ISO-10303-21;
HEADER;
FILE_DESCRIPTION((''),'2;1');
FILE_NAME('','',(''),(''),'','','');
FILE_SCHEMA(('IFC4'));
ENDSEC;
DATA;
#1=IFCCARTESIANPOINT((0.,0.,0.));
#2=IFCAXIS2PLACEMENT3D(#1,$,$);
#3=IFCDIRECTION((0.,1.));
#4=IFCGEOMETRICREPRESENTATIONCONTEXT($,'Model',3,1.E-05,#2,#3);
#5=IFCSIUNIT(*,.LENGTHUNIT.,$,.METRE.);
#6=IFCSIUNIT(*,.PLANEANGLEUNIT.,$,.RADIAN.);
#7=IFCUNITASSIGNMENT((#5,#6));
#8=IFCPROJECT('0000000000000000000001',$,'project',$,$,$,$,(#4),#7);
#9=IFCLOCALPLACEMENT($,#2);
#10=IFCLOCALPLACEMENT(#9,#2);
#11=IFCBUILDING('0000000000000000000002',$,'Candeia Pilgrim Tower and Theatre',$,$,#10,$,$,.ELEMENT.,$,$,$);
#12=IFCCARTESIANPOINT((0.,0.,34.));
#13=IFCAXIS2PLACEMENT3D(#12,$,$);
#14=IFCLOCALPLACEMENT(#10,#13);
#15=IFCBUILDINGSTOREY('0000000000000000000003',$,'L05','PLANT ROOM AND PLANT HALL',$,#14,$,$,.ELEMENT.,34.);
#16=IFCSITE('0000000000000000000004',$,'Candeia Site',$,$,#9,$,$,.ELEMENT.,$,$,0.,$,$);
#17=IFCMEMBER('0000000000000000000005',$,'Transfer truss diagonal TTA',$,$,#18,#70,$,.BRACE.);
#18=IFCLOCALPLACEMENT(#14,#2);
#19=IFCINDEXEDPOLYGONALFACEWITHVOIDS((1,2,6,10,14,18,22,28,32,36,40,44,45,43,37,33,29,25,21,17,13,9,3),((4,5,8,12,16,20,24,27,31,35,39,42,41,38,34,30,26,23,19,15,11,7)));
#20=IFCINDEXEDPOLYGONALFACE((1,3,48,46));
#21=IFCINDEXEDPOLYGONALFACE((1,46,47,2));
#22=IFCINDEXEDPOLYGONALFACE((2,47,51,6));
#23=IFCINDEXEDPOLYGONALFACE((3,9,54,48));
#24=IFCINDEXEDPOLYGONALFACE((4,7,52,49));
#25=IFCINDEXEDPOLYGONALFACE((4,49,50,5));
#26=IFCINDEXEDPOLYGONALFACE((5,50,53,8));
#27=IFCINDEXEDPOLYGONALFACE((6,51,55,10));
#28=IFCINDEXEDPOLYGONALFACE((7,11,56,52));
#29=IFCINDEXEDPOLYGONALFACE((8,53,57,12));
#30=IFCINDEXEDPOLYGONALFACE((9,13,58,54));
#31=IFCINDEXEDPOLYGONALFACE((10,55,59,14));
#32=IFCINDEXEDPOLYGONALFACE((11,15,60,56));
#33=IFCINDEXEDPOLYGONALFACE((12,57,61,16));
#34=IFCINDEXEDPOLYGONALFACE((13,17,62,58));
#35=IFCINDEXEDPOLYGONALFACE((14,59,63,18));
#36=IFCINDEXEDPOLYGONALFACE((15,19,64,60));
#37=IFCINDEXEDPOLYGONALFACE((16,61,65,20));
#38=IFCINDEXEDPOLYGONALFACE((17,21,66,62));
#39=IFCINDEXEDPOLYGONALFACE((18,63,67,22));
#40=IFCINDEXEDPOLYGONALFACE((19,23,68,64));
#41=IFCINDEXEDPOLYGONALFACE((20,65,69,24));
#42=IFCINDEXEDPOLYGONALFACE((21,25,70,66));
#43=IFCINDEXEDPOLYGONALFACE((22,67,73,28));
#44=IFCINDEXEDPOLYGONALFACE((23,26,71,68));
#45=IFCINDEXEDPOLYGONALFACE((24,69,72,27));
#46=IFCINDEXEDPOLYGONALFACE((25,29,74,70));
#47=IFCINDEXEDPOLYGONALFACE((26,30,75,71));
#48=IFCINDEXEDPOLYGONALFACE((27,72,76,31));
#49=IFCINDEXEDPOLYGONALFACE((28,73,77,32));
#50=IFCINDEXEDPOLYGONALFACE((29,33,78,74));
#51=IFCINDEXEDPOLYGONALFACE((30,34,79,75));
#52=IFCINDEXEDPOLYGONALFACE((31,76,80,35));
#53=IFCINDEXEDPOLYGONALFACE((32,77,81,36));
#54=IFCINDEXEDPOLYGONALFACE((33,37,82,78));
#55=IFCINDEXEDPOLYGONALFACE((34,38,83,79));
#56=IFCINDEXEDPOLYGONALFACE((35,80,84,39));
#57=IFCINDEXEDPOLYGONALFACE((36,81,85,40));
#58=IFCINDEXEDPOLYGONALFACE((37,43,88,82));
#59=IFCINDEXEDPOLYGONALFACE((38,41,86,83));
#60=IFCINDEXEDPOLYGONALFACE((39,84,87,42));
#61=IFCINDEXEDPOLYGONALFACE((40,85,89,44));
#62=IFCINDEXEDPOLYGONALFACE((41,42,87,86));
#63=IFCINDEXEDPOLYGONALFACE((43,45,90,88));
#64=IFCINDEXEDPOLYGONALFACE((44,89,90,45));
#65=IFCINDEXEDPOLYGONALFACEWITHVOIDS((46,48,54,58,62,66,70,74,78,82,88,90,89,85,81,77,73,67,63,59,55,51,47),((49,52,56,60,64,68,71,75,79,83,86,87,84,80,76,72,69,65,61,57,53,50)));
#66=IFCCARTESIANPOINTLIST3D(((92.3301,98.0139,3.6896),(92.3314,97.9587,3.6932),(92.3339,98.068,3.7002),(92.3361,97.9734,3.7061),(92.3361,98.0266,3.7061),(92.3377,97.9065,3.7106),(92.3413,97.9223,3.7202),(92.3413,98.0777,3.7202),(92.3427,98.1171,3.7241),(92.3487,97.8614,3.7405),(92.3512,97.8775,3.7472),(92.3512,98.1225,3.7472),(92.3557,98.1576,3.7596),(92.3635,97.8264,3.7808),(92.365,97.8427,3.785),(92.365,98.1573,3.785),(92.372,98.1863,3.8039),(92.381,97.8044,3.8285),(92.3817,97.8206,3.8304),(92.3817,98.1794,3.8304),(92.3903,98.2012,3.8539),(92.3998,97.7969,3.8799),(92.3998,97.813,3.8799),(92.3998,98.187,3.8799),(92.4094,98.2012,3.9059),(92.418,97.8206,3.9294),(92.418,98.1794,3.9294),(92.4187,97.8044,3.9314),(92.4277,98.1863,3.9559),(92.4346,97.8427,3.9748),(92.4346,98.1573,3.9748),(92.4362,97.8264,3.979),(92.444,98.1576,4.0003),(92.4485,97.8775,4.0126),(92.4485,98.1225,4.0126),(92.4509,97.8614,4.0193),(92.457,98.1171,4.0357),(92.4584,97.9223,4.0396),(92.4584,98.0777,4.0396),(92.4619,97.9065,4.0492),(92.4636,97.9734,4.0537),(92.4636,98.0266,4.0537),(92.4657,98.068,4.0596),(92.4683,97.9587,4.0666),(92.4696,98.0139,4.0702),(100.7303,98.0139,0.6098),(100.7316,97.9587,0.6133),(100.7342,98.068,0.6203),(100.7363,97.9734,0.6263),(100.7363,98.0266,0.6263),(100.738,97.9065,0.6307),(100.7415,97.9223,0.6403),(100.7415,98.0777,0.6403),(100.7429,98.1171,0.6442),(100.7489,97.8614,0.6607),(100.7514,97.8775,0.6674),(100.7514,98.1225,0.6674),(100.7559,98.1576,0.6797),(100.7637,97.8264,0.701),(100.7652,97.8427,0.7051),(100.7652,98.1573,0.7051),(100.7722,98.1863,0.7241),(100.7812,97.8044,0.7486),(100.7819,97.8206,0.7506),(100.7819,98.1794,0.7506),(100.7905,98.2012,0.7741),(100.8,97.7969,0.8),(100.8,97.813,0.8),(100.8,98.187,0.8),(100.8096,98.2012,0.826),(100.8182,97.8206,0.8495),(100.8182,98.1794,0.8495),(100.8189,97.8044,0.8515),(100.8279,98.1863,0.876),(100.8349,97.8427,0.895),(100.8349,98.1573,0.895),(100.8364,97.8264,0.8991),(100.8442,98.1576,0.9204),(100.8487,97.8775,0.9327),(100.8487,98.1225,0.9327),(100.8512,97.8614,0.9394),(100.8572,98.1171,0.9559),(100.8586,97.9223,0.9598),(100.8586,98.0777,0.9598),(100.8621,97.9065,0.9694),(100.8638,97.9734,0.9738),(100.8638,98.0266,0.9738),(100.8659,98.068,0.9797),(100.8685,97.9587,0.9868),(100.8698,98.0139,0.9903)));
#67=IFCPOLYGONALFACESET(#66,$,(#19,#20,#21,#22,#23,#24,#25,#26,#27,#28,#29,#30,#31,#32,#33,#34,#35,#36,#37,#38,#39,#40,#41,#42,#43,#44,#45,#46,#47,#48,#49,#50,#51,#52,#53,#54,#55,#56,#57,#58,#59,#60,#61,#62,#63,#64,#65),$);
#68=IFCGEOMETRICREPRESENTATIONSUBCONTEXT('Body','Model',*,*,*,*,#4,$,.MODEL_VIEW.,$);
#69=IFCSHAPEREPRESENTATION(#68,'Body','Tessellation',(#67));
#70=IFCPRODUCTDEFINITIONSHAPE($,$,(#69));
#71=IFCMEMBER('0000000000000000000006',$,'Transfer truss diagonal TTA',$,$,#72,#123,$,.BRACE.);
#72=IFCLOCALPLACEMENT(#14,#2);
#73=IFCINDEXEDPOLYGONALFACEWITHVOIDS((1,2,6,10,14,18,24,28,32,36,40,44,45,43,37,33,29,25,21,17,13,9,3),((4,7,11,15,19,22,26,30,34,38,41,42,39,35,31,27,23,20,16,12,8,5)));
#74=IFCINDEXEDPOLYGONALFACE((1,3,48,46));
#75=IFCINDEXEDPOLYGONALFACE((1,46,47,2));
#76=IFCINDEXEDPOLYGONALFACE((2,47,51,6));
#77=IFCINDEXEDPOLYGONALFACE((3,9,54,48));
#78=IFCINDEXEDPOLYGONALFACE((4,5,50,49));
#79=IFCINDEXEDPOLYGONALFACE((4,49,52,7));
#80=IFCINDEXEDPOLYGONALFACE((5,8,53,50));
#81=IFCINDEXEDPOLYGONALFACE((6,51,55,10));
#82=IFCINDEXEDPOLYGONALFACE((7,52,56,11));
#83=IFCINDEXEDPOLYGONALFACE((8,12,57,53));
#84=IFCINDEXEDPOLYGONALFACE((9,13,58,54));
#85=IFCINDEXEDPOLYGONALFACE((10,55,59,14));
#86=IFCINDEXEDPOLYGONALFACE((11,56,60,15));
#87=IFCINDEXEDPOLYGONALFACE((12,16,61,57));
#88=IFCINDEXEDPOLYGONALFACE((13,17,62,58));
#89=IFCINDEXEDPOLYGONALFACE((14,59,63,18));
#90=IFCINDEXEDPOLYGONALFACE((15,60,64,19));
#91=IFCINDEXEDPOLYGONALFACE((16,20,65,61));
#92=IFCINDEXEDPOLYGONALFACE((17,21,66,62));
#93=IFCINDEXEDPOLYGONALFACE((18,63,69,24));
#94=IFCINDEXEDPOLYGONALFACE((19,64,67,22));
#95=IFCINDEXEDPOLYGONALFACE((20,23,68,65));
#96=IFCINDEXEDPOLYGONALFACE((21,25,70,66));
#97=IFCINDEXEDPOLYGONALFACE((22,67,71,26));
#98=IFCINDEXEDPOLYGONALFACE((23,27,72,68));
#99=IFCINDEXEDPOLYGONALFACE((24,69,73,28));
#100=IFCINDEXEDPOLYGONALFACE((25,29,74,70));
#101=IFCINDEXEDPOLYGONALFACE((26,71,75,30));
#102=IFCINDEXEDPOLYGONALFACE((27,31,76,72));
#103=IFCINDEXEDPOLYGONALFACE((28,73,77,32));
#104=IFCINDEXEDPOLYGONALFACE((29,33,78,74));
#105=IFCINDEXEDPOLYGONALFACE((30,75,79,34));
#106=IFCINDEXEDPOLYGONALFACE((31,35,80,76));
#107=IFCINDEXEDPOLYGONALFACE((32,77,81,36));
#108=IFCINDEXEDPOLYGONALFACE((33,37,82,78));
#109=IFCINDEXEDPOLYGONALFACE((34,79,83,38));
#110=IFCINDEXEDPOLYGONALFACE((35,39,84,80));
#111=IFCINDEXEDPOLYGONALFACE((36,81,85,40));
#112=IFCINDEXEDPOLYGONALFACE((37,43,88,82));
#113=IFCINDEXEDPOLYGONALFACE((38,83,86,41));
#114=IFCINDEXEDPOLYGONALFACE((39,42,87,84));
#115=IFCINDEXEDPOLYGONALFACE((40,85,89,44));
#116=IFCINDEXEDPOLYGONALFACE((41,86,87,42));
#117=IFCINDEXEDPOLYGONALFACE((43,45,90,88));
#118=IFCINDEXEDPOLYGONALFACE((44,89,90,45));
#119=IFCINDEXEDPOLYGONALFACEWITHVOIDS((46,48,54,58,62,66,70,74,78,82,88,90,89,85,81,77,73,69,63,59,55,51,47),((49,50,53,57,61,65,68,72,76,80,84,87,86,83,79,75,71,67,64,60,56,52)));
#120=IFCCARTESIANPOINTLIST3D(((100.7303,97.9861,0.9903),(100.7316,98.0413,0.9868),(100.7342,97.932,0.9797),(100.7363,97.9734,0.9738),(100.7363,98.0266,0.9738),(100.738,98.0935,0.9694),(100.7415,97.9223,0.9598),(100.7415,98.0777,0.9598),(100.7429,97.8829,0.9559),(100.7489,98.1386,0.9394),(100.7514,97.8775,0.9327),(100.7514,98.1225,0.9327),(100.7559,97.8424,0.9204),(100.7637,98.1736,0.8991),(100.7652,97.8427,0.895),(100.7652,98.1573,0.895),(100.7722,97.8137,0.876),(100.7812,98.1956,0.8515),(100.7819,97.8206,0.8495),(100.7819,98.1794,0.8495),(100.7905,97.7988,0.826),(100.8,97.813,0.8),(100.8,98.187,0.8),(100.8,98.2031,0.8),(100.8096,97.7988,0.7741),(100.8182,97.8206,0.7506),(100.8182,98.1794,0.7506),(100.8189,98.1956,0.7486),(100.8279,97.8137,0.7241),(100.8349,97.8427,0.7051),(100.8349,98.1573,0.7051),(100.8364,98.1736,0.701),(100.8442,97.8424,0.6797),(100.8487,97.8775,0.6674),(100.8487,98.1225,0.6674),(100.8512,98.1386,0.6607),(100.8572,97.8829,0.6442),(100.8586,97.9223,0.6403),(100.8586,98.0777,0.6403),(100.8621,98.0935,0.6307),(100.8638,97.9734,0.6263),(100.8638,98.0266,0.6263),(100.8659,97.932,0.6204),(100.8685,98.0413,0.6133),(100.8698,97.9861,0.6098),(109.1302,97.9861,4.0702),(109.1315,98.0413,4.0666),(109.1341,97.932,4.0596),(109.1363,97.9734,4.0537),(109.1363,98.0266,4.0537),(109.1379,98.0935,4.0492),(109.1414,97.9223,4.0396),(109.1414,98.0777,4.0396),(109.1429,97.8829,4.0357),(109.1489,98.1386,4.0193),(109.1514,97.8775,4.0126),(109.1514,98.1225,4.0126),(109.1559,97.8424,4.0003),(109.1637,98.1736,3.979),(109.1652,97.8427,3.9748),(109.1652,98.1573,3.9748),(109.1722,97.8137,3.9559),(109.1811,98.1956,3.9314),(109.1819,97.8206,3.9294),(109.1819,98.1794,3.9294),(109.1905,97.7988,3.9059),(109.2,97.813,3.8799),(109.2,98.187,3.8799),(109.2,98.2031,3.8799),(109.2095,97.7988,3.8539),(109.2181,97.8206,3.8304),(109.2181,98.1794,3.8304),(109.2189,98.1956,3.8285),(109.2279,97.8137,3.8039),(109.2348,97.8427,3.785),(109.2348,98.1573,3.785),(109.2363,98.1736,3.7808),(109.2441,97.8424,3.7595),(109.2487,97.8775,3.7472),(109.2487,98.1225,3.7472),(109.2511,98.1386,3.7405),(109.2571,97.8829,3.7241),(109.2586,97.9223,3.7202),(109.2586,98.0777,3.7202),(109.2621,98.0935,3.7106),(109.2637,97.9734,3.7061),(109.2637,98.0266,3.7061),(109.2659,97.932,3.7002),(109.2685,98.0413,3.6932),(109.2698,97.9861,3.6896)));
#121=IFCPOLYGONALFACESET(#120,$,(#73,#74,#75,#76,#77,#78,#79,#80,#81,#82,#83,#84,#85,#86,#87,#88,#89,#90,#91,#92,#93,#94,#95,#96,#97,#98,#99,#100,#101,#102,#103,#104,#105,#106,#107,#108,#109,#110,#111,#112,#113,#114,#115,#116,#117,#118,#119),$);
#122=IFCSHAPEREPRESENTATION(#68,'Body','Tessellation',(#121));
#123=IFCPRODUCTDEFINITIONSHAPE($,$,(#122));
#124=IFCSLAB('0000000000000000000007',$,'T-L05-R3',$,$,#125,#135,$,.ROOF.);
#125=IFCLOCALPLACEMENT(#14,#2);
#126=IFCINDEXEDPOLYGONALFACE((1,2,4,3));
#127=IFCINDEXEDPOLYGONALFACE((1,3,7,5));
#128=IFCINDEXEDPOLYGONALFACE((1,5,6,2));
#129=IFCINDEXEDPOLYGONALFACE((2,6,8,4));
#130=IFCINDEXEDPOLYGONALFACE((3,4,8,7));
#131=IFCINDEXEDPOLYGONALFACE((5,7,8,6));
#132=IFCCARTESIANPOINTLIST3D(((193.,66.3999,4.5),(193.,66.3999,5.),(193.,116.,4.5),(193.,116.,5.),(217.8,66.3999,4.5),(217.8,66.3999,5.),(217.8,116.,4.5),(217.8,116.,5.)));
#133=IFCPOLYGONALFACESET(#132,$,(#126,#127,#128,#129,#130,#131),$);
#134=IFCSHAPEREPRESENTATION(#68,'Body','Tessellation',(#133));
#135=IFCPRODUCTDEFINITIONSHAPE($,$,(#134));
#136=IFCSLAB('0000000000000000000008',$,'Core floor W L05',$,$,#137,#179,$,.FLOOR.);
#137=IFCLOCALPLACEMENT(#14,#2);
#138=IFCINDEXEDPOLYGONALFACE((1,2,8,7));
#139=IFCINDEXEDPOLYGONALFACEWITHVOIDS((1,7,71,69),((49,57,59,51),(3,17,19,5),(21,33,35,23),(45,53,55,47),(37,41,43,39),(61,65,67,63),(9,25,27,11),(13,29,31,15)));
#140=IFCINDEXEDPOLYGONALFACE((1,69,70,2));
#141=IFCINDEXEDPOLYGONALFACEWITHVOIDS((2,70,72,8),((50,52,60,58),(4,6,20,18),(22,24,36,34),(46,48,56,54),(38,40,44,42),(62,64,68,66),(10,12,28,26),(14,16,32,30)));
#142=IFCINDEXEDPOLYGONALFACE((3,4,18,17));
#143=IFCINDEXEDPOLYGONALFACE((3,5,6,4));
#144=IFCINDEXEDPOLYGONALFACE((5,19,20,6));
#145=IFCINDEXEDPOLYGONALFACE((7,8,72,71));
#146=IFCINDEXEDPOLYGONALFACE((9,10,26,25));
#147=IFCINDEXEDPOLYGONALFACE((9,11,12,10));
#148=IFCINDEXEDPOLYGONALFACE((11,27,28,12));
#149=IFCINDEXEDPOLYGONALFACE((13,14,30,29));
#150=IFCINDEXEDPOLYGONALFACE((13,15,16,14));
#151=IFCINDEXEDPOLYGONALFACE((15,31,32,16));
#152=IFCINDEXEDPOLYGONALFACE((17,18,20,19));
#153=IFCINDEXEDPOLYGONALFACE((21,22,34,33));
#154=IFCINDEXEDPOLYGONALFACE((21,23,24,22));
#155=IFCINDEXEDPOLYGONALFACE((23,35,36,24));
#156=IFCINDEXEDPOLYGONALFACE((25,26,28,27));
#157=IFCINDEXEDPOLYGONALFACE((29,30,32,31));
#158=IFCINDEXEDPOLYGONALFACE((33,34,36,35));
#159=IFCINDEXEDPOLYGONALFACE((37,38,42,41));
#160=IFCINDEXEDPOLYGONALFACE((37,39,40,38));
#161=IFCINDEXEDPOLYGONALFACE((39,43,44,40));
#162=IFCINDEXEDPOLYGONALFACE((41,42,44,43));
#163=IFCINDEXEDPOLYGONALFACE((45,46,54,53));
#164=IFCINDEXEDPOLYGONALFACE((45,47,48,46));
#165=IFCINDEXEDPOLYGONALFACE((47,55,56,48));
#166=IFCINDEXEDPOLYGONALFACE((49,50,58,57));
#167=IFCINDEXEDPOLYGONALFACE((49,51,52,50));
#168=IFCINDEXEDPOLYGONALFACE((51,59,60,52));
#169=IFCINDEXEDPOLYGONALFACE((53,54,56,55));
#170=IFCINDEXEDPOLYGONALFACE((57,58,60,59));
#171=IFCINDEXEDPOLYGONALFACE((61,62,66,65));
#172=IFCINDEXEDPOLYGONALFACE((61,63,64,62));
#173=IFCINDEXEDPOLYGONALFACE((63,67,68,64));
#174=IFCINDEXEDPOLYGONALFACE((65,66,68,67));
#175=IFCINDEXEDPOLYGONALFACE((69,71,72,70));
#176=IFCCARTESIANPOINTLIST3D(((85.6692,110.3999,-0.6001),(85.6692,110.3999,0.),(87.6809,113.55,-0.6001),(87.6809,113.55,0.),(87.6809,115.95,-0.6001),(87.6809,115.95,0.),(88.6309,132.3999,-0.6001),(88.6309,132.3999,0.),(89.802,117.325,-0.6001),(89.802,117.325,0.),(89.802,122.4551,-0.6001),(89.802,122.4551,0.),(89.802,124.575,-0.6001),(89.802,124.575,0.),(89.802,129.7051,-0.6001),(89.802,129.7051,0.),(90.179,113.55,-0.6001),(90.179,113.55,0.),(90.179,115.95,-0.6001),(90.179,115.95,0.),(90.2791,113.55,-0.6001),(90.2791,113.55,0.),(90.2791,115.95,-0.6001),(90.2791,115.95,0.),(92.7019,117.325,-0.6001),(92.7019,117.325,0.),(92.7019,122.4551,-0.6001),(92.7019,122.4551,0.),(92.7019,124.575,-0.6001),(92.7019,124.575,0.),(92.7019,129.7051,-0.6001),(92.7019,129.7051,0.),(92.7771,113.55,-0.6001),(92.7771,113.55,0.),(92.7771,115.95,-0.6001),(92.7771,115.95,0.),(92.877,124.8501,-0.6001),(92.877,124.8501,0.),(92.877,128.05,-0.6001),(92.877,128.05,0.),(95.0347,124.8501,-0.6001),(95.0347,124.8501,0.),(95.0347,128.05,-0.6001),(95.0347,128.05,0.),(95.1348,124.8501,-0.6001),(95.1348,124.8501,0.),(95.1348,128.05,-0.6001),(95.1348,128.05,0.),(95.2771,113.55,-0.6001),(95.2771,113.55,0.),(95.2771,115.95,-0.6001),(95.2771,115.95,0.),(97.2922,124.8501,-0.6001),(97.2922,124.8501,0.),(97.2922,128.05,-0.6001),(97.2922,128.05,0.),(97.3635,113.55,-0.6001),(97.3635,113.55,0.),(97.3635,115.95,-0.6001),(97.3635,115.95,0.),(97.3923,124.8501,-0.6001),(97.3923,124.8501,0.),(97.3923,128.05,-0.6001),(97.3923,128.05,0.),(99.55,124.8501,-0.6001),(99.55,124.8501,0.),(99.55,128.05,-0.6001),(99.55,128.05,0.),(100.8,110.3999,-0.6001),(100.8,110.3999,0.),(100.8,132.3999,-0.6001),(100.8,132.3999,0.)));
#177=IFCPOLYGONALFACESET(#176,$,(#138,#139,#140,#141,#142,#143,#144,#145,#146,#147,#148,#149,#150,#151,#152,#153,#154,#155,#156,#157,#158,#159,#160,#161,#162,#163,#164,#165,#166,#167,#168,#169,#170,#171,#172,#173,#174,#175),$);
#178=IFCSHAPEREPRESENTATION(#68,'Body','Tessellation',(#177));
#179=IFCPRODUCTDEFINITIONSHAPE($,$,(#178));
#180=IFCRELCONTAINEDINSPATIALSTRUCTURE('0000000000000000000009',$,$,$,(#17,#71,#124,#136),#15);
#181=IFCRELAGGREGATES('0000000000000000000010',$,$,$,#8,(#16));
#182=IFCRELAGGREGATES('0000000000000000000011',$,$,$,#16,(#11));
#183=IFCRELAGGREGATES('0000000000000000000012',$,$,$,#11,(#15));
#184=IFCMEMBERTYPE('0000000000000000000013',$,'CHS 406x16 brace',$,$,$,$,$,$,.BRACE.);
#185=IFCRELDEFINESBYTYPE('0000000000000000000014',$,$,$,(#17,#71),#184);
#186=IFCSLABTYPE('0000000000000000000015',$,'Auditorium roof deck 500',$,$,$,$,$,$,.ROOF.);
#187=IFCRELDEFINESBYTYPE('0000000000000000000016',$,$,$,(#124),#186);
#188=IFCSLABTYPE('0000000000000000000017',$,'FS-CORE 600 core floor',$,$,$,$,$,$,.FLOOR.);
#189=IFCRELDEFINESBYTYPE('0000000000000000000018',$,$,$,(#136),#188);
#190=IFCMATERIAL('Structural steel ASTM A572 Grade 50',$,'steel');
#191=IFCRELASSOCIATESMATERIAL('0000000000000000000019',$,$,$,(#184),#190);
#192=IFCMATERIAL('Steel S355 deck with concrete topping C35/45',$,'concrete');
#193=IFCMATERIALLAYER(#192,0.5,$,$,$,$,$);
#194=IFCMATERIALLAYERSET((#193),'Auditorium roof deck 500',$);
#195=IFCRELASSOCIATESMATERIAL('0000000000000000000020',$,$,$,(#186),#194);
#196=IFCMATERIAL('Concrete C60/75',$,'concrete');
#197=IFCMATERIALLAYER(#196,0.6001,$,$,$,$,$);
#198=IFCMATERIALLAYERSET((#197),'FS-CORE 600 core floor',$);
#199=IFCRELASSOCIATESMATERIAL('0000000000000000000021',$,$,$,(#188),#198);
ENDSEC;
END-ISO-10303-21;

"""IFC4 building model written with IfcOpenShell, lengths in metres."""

from ifc_helpers import new_model, si_unit, direction, frame, origin, origin_2d, place, context, subcontext, project, spatial, polyline, hollow_circle, outline, extrude, material, layer, layer_set, material_profile, profile_set, type_object, element, save


model = new_model("IFC4")

# Units and contexts
model_context = context("Model", 3, precision=1e-05, world=origin(), true_north=direction((0.0, 1.0)))
body_context = subcontext(model_context, "Body", "Model", "MODEL_VIEW")
ifc_project = project(units=[si_unit("LENGTHUNIT", "METRE"), si_unit("PLANEANGLEUNIT", "RADIAN")], contexts=[model_context])

# Site, building, storey
site_placement = place(None, origin())
site = spatial("IfcSite", under=ifc_project, at=site_placement, Name="Candeia Site", CompositionType="ELEMENT", RefElevation=0.0)
building_placement = place(site_placement, origin())
building = spatial("IfcBuilding", under=site, at=building_placement, Name="Candeia Pilgrim Tower and Theatre", CompositionType="ELEMENT")
storey_placement = place(building_placement, frame((0.0, 0.0, 34.0)))
storey = spatial("IfcBuildingStorey", under=building, at=storey_placement, Name="L05", Description="PLANT ROOM AND PLANT HALL", CompositionType="ELEMENT", Elevation=34.0)

# Members
ifc_material_1 = material(Name="Structural steel ASTM A572 Grade 50", Category="steel")
ifc_material_profile_1 = material_profile(ifc_material_1, hollow_circle(Radius=0.2031, WallThickness=0.0161, at=origin_2d()))
ifc_profile_set_1 = profile_set([ifc_material_profile_1], Name="Structural steel ASTM A572 Grade 50")
member_type_1 = type_object("IfcMemberType", Name="CHS 406x16 brace", PredefinedType="BRACE", material=ifc_profile_set_1)
member_1_placement = place(storey_placement, frame((100.8, 98.0, 0.8), z_axis=(-0.938884, 0.0, 0.344233), x_axis=(0.0, -1.0, 0.0)))
element("IfcMember", 1, at=member_1_placement, inside=storey, type_object=member_type_1, Name="Transfer truss diagonal TTA", PredefinedType="BRACE", context=body_context, shape_type="SweptSolid", body=[
    extrude(hollow_circle(Radius=0.2031, WallThickness=0.0161, at=origin_2d()), origin(), (0.0, 0.0, 1.0), 8.947),
])
member_2_placement = place(storey_placement, frame((100.8, 98.0, 0.8), z_axis=(0.938881, 0.0, 0.344242), x_axis=(0.0, 1.0, 0.0)))
element("IfcMember", 2, at=member_2_placement, inside=storey, type_object=member_type_1, Name="Transfer truss diagonal TTA", PredefinedType="BRACE", context=body_context, shape_type="SweptSolid", body=[
    extrude(hollow_circle(Radius=0.2031, WallThickness=0.0161, at=origin_2d()), origin(), (0.0, 0.0, 1.0), 8.9468),
])

# Slabs
ifc_material_2 = material(Name="Steel S355 deck with concrete topping C35/45", Category="concrete")
ifc_layer_1 = layer(ifc_material_2, 0.5)
ifc_layer_set_1 = layer_set([ifc_layer_1], Name="Auditorium roof deck 500")
slab_type_1 = type_object("IfcSlabType", Name="Auditorium roof deck 500", PredefinedType="ROOF", material=ifc_layer_set_1)
slab_1_placement = place(storey_placement, frame((0.0, 0.0, 4.5)))
element("IfcSlab", 3, at=slab_1_placement, inside=storey, type_object=slab_type_1, Name="T-L05-R3", PredefinedType="ROOF", context=body_context, shape_type="SweptSolid", body=[
    extrude(outline(polyline([(193.0, 66.3999), (217.8, 66.3999), (217.8, 116.0), (193.0, 116.0), (193.0, 66.3999)])), origin(), (0.0, 0.0, 1.0), 0.5),
])
ifc_material_3 = material(Name="Concrete C60/75", Category="concrete")
ifc_layer_2 = layer(ifc_material_3, 0.6001)
ifc_layer_set_2 = layer_set([ifc_layer_2], Name="FS-CORE 600 core floor")
slab_type_2 = type_object("IfcSlabType", Name="FS-CORE 600 core floor", PredefinedType="FLOOR", material=ifc_layer_set_2)
slab_2_placement = place(storey_placement, frame((0.0, 0.0, -0.6001)))
element("IfcSlab", 4, at=slab_2_placement, inside=storey, type_object=slab_type_2, Name="Core floor W L05", PredefinedType="FLOOR", context=body_context, shape_type="SweptSolid", body=[
    extrude(outline(polyline([(100.8, 132.3999), (100.8, 110.3999), (85.6692, 110.3999), (88.6309, 132.3999), (100.8, 132.3999)]), holes=[polyline([(97.3923, 128.05), (97.3923, 124.8501), (99.55, 124.8501), (99.55, 128.05), (97.3923, 128.05)]), polyline([(95.2771, 115.95), (95.2771, 113.55), (97.3635, 113.55), (97.3635, 115.95), (95.2771, 115.95)]), polyline([(95.1348, 128.05), (95.1348, 124.8501), (97.2922, 124.8501), (97.2922, 128.05), (95.1348, 128.05)]), polyline([(92.877, 128.05), (92.877, 124.8501), (95.0347, 124.8501), (95.0347, 128.05), (92.877, 128.05)]), polyline([(90.2791, 115.95), (90.2791, 113.55), (92.7771, 113.55), (92.7771, 115.95), (90.2791, 115.95)]), polyline([(89.802, 122.4551), (89.802, 117.325), (92.7019, 117.325), (92.7019, 122.4551), (89.802, 122.4551)]), polyline([(89.802, 129.7051), (89.802, 124.575), (92.7019, 124.575), (92.7019, 129.7051), (89.802, 129.7051)]), polyline([(87.6809, 115.95), (87.6809, 113.55), (90.179, 113.55), (90.179, 115.95), (87.6809, 115.95)])]), origin(), (0.0, 0.0, 1.0), 0.6001),
])

save(model, "model.ifc")
